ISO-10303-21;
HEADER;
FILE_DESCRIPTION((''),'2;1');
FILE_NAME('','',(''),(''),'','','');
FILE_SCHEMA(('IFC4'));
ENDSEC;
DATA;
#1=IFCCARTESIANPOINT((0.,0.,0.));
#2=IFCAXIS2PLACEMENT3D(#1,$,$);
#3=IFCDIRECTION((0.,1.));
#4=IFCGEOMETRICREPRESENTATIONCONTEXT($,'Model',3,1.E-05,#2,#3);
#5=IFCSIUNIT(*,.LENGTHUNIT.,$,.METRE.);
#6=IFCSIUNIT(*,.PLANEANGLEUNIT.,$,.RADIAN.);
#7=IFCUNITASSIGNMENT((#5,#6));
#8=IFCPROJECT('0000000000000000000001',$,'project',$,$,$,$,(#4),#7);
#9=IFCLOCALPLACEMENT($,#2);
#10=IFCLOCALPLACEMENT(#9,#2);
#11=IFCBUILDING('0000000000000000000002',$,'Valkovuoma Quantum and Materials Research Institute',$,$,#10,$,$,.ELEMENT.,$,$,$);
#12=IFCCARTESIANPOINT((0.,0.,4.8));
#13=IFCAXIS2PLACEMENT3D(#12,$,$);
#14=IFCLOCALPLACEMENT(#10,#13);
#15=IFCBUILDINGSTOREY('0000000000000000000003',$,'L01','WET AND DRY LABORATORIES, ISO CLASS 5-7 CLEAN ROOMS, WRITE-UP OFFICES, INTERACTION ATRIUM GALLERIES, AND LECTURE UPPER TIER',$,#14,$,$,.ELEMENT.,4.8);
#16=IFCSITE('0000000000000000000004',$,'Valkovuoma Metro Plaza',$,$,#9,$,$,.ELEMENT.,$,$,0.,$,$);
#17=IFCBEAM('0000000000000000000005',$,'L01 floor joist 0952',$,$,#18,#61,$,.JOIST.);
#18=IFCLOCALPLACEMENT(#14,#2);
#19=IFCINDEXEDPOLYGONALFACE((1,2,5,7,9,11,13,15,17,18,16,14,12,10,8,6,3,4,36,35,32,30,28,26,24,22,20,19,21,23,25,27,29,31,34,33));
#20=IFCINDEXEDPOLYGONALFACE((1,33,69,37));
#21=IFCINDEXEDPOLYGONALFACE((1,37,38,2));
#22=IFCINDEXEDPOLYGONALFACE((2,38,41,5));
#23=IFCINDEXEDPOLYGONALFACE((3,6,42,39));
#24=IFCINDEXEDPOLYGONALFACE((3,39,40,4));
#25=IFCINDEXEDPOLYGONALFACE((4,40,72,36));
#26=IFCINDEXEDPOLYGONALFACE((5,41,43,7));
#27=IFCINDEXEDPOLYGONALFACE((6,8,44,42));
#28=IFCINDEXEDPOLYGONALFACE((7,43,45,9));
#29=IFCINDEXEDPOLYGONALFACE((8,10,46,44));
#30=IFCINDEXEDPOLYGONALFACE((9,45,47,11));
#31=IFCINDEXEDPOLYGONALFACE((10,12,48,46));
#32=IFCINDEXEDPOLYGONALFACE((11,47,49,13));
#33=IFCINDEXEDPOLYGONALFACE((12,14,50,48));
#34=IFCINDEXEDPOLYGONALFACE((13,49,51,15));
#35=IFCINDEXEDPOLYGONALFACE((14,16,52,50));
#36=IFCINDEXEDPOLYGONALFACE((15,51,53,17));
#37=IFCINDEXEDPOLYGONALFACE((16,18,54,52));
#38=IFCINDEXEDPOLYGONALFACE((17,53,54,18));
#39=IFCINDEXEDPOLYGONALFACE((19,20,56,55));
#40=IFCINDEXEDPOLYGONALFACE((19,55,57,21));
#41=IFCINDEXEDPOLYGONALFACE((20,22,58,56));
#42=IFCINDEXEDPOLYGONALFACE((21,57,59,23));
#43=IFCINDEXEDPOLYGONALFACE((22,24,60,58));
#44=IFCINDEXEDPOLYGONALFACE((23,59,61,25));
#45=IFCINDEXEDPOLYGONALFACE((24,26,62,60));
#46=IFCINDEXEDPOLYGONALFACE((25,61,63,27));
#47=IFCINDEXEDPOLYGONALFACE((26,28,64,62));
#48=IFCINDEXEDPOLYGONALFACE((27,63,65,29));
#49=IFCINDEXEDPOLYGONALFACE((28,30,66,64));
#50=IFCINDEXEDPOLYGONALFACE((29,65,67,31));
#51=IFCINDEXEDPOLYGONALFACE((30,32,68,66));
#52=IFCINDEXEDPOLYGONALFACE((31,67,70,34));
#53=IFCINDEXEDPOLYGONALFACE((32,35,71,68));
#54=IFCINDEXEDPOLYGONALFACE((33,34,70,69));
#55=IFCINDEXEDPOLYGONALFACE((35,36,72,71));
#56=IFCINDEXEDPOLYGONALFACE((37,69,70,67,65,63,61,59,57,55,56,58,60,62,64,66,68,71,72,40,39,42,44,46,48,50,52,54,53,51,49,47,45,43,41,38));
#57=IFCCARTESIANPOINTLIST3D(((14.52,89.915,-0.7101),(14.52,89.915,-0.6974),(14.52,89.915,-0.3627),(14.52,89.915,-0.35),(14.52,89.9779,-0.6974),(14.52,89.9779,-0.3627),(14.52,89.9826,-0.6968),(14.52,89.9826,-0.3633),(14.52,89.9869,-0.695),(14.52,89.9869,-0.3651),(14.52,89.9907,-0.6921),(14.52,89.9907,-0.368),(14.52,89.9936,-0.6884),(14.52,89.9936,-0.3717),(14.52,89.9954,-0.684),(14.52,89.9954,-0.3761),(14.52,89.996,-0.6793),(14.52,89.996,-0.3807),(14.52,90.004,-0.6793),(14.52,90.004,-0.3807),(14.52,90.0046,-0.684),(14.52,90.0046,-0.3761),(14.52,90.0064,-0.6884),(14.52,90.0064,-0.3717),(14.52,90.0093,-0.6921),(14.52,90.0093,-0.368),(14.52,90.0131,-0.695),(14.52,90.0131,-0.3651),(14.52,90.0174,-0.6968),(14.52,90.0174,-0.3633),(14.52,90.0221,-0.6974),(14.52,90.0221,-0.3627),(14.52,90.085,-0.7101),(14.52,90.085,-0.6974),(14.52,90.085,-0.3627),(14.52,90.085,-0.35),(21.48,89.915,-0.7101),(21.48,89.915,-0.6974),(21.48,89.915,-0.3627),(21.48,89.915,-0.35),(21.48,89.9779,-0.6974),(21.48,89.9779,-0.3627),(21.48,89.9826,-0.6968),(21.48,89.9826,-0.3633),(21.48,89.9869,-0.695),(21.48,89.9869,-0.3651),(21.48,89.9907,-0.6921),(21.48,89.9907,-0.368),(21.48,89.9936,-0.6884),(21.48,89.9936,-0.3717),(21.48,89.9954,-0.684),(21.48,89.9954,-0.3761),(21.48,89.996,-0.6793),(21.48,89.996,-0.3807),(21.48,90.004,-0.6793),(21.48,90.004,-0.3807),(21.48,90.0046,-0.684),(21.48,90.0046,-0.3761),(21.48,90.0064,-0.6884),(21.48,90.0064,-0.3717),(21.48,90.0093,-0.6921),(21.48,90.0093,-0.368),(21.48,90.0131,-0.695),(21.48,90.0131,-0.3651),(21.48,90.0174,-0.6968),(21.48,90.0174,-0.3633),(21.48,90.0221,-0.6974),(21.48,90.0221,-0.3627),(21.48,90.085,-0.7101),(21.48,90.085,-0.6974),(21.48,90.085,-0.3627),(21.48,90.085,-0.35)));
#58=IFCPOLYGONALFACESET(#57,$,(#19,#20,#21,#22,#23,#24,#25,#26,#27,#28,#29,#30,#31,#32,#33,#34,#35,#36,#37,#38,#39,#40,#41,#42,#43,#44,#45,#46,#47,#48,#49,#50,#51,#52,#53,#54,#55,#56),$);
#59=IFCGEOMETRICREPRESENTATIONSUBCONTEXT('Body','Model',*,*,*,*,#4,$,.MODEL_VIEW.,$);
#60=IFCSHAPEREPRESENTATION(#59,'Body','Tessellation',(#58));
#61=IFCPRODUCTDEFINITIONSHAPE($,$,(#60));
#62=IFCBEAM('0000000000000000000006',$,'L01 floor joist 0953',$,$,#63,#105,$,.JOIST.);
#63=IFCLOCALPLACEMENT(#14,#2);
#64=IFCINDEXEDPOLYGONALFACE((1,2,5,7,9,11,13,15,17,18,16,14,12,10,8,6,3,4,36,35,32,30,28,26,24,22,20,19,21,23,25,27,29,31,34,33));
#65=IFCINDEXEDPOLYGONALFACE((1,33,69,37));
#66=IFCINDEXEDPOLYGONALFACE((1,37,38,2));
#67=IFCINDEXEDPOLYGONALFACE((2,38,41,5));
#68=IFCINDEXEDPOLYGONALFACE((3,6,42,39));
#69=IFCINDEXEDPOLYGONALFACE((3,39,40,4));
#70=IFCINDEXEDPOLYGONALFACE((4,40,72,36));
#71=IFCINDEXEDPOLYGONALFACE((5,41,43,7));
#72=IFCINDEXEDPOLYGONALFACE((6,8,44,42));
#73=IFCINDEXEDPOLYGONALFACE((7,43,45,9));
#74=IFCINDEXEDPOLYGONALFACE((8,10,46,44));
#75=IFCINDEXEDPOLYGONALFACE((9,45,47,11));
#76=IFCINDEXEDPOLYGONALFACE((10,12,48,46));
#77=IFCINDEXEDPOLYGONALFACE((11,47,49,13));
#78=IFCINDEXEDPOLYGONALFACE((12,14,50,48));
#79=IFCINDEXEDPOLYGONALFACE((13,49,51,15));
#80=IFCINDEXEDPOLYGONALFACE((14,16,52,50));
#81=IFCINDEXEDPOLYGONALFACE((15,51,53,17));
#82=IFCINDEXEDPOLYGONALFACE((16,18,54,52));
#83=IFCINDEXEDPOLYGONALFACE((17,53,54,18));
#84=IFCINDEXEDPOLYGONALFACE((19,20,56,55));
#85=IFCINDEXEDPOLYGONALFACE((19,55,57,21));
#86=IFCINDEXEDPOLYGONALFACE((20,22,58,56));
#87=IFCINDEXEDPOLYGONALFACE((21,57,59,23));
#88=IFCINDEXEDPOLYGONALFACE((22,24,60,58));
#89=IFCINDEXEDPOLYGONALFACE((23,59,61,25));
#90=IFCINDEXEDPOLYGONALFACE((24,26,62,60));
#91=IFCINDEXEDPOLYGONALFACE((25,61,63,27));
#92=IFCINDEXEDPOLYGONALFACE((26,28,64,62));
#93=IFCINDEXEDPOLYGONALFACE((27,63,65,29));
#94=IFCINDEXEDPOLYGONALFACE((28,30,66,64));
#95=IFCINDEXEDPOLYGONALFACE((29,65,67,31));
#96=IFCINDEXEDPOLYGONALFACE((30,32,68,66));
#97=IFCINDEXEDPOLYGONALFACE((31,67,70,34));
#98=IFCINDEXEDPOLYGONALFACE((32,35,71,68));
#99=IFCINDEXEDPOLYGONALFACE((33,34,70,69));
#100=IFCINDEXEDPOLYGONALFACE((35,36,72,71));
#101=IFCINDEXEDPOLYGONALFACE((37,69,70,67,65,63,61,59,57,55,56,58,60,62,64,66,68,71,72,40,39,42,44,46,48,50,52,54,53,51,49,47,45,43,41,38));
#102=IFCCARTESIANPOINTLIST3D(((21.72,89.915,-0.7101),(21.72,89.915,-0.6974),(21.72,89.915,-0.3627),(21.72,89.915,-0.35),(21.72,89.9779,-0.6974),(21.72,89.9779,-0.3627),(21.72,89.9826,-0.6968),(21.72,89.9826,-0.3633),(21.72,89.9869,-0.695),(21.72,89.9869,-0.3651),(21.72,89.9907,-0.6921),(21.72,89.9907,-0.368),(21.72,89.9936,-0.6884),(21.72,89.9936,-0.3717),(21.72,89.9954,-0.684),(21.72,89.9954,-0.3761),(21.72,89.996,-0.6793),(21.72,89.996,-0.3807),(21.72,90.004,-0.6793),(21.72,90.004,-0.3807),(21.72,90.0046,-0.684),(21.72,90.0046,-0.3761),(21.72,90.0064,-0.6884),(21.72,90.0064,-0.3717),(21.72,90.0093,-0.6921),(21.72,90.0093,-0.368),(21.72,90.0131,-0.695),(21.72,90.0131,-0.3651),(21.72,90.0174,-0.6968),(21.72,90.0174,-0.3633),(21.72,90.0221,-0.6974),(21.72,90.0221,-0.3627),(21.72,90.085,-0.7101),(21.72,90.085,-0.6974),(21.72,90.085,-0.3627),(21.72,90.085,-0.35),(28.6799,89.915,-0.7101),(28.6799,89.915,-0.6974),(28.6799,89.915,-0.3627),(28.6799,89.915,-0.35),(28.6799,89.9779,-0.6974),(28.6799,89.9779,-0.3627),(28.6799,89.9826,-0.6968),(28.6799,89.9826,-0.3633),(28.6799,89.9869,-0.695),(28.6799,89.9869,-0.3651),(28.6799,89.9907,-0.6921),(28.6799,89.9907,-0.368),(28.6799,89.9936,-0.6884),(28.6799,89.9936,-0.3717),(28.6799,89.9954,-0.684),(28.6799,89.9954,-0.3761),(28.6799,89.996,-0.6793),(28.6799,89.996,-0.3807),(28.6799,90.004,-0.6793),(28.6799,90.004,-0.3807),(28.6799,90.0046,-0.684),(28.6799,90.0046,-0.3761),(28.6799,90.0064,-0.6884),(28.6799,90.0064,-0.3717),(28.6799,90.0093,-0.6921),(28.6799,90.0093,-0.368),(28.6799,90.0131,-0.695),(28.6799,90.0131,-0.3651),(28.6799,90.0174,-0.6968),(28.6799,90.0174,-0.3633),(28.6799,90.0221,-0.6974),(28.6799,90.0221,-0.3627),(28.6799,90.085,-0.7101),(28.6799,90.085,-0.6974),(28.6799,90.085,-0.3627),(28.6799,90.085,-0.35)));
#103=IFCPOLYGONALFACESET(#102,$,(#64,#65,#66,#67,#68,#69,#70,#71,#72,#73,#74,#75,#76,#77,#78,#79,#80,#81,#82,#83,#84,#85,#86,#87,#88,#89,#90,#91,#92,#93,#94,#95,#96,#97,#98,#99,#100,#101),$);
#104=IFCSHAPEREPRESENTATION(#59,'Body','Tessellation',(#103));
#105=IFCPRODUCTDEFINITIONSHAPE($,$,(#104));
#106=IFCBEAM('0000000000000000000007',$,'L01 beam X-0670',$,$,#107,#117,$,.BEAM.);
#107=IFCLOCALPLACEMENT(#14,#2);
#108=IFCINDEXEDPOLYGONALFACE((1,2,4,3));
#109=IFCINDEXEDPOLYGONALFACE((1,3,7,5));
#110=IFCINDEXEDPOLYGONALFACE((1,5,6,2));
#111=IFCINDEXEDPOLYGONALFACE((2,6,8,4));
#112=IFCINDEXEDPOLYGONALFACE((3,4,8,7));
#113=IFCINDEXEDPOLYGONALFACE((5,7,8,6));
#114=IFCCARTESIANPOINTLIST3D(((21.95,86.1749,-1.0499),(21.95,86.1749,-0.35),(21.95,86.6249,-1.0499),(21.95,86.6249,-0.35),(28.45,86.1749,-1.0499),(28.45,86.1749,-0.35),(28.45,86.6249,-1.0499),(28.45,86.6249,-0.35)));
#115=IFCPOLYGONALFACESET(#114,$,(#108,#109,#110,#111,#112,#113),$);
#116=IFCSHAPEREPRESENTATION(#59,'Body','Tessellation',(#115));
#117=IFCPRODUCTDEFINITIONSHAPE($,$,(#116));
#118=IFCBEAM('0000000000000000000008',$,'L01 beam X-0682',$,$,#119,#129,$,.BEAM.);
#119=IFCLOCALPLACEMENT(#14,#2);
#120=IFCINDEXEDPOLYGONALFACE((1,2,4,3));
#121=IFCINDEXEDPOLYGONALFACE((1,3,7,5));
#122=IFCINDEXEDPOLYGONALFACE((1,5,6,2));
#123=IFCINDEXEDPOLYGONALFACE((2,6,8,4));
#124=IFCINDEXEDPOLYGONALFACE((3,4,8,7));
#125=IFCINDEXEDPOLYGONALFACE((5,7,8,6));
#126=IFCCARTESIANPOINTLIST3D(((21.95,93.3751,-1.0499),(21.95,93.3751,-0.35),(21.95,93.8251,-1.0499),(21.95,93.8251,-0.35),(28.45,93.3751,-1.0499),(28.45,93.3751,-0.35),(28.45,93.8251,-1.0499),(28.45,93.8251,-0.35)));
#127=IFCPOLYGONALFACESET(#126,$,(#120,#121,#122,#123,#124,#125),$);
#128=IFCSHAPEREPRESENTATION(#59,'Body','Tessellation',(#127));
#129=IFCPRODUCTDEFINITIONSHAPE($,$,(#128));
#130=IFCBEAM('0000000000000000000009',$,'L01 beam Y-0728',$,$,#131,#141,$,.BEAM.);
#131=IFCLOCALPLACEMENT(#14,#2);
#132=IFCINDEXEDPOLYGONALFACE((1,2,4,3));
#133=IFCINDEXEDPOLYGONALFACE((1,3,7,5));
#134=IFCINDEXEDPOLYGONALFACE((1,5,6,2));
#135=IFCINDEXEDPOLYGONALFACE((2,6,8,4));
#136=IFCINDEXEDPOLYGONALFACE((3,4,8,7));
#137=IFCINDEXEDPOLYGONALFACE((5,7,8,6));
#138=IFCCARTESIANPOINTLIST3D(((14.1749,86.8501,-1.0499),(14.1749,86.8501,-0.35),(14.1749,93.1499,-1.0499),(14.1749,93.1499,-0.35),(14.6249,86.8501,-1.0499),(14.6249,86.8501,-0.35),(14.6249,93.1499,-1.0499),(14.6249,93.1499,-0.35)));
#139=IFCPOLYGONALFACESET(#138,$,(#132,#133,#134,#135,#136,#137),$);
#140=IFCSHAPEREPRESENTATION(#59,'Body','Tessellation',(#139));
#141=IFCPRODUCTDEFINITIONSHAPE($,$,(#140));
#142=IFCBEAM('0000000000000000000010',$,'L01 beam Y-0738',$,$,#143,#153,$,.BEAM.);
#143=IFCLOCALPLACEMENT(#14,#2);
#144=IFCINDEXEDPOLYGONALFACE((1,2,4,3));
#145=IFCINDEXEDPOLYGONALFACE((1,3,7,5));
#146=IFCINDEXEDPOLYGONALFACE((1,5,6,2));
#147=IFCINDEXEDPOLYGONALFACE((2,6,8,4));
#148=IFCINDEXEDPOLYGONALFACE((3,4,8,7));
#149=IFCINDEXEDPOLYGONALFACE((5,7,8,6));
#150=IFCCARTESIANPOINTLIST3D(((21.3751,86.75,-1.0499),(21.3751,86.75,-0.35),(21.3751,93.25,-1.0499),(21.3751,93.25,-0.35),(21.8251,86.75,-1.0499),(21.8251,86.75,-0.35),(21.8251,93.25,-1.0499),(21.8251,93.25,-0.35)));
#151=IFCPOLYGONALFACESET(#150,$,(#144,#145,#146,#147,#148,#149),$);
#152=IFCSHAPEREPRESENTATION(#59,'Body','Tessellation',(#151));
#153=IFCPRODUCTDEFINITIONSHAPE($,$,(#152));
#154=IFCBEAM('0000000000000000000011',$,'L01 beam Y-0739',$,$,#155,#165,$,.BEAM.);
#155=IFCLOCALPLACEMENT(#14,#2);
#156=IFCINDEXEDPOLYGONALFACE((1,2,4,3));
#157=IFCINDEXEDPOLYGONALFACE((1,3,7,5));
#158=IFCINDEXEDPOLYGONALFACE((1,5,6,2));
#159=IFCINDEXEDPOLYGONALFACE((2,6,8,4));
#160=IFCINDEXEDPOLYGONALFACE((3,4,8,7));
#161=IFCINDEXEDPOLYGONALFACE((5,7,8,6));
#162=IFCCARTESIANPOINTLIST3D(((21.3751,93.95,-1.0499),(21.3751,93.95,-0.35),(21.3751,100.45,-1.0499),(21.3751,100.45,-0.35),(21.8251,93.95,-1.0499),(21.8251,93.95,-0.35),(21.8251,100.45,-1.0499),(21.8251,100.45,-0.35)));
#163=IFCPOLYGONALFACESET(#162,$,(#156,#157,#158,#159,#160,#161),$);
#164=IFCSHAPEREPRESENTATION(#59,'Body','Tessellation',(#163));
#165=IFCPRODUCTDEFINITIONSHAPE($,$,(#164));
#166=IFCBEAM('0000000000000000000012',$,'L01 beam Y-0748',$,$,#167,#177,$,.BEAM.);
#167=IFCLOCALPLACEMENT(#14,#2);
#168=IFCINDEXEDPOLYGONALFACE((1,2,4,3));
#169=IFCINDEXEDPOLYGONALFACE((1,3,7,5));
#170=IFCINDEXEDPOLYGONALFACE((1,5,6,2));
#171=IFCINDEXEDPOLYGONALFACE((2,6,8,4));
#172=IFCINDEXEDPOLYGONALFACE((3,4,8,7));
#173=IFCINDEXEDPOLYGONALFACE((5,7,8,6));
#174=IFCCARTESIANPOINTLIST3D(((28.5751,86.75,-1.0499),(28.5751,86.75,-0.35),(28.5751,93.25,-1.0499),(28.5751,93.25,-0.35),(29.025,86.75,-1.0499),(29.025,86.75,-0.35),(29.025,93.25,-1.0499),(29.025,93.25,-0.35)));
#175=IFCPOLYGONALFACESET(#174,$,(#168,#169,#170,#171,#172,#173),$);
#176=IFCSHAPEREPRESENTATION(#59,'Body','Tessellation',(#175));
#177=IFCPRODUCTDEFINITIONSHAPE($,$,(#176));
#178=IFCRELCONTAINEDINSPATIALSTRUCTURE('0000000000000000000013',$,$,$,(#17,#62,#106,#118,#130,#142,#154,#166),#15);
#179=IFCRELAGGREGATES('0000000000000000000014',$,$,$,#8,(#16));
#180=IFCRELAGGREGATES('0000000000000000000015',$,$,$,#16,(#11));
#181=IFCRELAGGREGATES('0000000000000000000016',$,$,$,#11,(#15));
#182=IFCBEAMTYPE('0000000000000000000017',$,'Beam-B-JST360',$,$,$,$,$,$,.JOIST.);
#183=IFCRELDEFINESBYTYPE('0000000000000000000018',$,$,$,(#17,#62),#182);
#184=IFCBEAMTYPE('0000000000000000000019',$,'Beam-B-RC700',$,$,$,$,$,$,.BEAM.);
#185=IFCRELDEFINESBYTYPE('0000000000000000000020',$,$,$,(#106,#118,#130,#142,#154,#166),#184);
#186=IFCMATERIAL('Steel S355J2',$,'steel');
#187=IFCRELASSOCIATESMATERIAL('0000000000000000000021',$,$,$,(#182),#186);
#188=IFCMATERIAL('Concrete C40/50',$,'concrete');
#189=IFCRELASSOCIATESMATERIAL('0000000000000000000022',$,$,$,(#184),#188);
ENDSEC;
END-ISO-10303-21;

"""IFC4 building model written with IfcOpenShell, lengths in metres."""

from ifc_helpers import new_model, si_unit, direction, frame, origin, origin_2d, place, context, subcontext, project, spatial, rectangle, i_section, extrude, material, material_profile, profile_set, type_object, element, save


model = new_model("IFC4")

# Units and contexts
model_context = context("Model", 3, precision=1e-05, world=origin(), true_north=direction((0.0, 1.0)))
body_context = subcontext(model_context, "Body", "Model", "MODEL_VIEW")
ifc_project = project(units=[si_unit("LENGTHUNIT", "METRE"), si_unit("PLANEANGLEUNIT", "RADIAN")], contexts=[model_context])

# Site, building, storey
site_placement = place(None, origin())
site = spatial("IfcSite", under=ifc_project, at=site_placement, Name="Valkovuoma Metro Plaza", CompositionType="ELEMENT", RefElevation=0.0)
building_placement = place(site_placement, origin())
building = spatial("IfcBuilding", under=site, at=building_placement, Name="Valkovuoma Quantum and Materials Research Institute", CompositionType="ELEMENT")
storey_placement = place(building_placement, frame((0.0, 0.0, 4.8)))
storey = spatial("IfcBuildingStorey", under=building, at=storey_placement, Name="L01", Description="WET AND DRY LABORATORIES, ISO CLASS 5-7 CLEAN ROOMS, WRITE-UP OFFICES, INTERACTION ATRIUM GALLERIES, AND LECTURE UPPER TIER", CompositionType="ELEMENT", Elevation=4.8)

# Beams
ifc_material_1 = material(Name="Steel S355J2", Category="steel")
ifc_material_profile_1 = material_profile(ifc_material_1, i_section(OverallWidth=0.1699, OverallDepth=0.3601, WebThickness=0.0081, FlangeThickness=0.0127, FilletRadius=0.0181, at=origin_2d()), Name="Steel S355J2")
ifc_profile_set_1 = profile_set([ifc_material_profile_1], Name="Steel S355J2")
beam_type_1 = type_object("IfcBeamType", Name="Beam-B-JST360", PredefinedType="JOIST", material=ifc_profile_set_1)
for number, where, z_axis, x_axis, name in (
    (1, (14.52, 90.0, -0.53), (1.0, 0.0, 0.0), (0.0, 1.0, 0.0), "L01 floor joist 0952"),
    (2, (21.72, 90.0, -0.53), (1.0, 0.0, 0.0), (0.0, 1.0, 0.0), "L01 floor joist 0953"),
):
    element("IfcBeam", number, at=place(storey_placement, frame(where, z_axis=z_axis, x_axis=x_axis)), inside=storey, type_object=beam_type_1, Name=name, PredefinedType="JOIST", context=body_context, shape_type="SweptSolid", body=[
        extrude(i_section(OverallWidth=0.1699, OverallDepth=0.3601, WebThickness=0.0081, FlangeThickness=0.0127, FilletRadius=0.0181, at=origin_2d()), origin(), (0.0, 0.0, 1.0), 6.96),
    ])
ifc_material_2 = material(Name="Concrete C40/50", Category="concrete")
ifc_material_profile_2 = material_profile(ifc_material_2, rectangle(XDim=0.45, YDim=0.7, at=origin_2d()), Name="Concrete C40/50")
ifc_profile_set_2 = profile_set([ifc_material_profile_2], Name="Concrete C40/50")
beam_type_2 = type_object("IfcBeamType", Name="Beam-B-RC700", PredefinedType="BEAM", material=ifc_profile_set_2)
for number, where, z_axis, x_axis, name in (
    (3, (21.95, 86.3999, -0.7), (1.0, 0.0, 0.0), (0.0, 1.0, 0.0), "L01 beam X-0670"),
    (4, (21.95, 93.6001, -0.7), (1.0, 0.0, 0.0), (0.0, 1.0, 0.0), "L01 beam X-0682"),
):
    element("IfcBeam", number, at=place(storey_placement, frame(where, z_axis=z_axis, x_axis=x_axis)), inside=storey, type_object=beam_type_2, Name=name, PredefinedType="BEAM", context=body_context, shape_type="SweptSolid", body=[
        extrude(rectangle(XDim=0.45, YDim=0.7, at=origin_2d()), origin(), (0.0, 0.0, 1.0), 6.5),
    ])
beam_placement = place(storey_placement, frame((14.3999, 86.8501, -0.7), z_axis=(0.0, 1.0, 0.0), x_axis=(-1.0, 0.0, 0.0)))
element("IfcBeam", 5, at=beam_placement, inside=storey, type_object=beam_type_2, Name="L01 beam Y-0728", PredefinedType="BEAM", context=body_context, shape_type="SweptSolid", body=[
    extrude(rectangle(XDim=0.45, YDim=0.7, at=origin_2d()), origin(), (0.0, 0.0, 1.0), 6.2998),
])
for number, where, z_axis, x_axis, name in (
    (6, (21.6001, 86.75, -0.7), (0.0, 1.0, 0.0), (-1.0, 0.0, 0.0), "L01 beam Y-0738"),
    (7, (21.6001, 93.95, -0.7), (0.0, 1.0, 0.0), (-1.0, 0.0, 0.0), "L01 beam Y-0739"),
    (8, (28.8, 86.75, -0.7), (0.0, 1.0, 0.0), (-1.0, 0.0, 0.0), "L01 beam Y-0748"),
):
    element("IfcBeam", number, at=place(storey_placement, frame(where, z_axis=z_axis, x_axis=x_axis)), inside=storey, type_object=beam_type_2, Name=name, PredefinedType="BEAM", context=body_context, shape_type="SweptSolid", body=[
        extrude(rectangle(XDim=0.45, YDim=0.7, at=origin_2d()), origin(), (0.0, 0.0, 1.0), 6.5),
    ])

save(model, "model.ifc")
